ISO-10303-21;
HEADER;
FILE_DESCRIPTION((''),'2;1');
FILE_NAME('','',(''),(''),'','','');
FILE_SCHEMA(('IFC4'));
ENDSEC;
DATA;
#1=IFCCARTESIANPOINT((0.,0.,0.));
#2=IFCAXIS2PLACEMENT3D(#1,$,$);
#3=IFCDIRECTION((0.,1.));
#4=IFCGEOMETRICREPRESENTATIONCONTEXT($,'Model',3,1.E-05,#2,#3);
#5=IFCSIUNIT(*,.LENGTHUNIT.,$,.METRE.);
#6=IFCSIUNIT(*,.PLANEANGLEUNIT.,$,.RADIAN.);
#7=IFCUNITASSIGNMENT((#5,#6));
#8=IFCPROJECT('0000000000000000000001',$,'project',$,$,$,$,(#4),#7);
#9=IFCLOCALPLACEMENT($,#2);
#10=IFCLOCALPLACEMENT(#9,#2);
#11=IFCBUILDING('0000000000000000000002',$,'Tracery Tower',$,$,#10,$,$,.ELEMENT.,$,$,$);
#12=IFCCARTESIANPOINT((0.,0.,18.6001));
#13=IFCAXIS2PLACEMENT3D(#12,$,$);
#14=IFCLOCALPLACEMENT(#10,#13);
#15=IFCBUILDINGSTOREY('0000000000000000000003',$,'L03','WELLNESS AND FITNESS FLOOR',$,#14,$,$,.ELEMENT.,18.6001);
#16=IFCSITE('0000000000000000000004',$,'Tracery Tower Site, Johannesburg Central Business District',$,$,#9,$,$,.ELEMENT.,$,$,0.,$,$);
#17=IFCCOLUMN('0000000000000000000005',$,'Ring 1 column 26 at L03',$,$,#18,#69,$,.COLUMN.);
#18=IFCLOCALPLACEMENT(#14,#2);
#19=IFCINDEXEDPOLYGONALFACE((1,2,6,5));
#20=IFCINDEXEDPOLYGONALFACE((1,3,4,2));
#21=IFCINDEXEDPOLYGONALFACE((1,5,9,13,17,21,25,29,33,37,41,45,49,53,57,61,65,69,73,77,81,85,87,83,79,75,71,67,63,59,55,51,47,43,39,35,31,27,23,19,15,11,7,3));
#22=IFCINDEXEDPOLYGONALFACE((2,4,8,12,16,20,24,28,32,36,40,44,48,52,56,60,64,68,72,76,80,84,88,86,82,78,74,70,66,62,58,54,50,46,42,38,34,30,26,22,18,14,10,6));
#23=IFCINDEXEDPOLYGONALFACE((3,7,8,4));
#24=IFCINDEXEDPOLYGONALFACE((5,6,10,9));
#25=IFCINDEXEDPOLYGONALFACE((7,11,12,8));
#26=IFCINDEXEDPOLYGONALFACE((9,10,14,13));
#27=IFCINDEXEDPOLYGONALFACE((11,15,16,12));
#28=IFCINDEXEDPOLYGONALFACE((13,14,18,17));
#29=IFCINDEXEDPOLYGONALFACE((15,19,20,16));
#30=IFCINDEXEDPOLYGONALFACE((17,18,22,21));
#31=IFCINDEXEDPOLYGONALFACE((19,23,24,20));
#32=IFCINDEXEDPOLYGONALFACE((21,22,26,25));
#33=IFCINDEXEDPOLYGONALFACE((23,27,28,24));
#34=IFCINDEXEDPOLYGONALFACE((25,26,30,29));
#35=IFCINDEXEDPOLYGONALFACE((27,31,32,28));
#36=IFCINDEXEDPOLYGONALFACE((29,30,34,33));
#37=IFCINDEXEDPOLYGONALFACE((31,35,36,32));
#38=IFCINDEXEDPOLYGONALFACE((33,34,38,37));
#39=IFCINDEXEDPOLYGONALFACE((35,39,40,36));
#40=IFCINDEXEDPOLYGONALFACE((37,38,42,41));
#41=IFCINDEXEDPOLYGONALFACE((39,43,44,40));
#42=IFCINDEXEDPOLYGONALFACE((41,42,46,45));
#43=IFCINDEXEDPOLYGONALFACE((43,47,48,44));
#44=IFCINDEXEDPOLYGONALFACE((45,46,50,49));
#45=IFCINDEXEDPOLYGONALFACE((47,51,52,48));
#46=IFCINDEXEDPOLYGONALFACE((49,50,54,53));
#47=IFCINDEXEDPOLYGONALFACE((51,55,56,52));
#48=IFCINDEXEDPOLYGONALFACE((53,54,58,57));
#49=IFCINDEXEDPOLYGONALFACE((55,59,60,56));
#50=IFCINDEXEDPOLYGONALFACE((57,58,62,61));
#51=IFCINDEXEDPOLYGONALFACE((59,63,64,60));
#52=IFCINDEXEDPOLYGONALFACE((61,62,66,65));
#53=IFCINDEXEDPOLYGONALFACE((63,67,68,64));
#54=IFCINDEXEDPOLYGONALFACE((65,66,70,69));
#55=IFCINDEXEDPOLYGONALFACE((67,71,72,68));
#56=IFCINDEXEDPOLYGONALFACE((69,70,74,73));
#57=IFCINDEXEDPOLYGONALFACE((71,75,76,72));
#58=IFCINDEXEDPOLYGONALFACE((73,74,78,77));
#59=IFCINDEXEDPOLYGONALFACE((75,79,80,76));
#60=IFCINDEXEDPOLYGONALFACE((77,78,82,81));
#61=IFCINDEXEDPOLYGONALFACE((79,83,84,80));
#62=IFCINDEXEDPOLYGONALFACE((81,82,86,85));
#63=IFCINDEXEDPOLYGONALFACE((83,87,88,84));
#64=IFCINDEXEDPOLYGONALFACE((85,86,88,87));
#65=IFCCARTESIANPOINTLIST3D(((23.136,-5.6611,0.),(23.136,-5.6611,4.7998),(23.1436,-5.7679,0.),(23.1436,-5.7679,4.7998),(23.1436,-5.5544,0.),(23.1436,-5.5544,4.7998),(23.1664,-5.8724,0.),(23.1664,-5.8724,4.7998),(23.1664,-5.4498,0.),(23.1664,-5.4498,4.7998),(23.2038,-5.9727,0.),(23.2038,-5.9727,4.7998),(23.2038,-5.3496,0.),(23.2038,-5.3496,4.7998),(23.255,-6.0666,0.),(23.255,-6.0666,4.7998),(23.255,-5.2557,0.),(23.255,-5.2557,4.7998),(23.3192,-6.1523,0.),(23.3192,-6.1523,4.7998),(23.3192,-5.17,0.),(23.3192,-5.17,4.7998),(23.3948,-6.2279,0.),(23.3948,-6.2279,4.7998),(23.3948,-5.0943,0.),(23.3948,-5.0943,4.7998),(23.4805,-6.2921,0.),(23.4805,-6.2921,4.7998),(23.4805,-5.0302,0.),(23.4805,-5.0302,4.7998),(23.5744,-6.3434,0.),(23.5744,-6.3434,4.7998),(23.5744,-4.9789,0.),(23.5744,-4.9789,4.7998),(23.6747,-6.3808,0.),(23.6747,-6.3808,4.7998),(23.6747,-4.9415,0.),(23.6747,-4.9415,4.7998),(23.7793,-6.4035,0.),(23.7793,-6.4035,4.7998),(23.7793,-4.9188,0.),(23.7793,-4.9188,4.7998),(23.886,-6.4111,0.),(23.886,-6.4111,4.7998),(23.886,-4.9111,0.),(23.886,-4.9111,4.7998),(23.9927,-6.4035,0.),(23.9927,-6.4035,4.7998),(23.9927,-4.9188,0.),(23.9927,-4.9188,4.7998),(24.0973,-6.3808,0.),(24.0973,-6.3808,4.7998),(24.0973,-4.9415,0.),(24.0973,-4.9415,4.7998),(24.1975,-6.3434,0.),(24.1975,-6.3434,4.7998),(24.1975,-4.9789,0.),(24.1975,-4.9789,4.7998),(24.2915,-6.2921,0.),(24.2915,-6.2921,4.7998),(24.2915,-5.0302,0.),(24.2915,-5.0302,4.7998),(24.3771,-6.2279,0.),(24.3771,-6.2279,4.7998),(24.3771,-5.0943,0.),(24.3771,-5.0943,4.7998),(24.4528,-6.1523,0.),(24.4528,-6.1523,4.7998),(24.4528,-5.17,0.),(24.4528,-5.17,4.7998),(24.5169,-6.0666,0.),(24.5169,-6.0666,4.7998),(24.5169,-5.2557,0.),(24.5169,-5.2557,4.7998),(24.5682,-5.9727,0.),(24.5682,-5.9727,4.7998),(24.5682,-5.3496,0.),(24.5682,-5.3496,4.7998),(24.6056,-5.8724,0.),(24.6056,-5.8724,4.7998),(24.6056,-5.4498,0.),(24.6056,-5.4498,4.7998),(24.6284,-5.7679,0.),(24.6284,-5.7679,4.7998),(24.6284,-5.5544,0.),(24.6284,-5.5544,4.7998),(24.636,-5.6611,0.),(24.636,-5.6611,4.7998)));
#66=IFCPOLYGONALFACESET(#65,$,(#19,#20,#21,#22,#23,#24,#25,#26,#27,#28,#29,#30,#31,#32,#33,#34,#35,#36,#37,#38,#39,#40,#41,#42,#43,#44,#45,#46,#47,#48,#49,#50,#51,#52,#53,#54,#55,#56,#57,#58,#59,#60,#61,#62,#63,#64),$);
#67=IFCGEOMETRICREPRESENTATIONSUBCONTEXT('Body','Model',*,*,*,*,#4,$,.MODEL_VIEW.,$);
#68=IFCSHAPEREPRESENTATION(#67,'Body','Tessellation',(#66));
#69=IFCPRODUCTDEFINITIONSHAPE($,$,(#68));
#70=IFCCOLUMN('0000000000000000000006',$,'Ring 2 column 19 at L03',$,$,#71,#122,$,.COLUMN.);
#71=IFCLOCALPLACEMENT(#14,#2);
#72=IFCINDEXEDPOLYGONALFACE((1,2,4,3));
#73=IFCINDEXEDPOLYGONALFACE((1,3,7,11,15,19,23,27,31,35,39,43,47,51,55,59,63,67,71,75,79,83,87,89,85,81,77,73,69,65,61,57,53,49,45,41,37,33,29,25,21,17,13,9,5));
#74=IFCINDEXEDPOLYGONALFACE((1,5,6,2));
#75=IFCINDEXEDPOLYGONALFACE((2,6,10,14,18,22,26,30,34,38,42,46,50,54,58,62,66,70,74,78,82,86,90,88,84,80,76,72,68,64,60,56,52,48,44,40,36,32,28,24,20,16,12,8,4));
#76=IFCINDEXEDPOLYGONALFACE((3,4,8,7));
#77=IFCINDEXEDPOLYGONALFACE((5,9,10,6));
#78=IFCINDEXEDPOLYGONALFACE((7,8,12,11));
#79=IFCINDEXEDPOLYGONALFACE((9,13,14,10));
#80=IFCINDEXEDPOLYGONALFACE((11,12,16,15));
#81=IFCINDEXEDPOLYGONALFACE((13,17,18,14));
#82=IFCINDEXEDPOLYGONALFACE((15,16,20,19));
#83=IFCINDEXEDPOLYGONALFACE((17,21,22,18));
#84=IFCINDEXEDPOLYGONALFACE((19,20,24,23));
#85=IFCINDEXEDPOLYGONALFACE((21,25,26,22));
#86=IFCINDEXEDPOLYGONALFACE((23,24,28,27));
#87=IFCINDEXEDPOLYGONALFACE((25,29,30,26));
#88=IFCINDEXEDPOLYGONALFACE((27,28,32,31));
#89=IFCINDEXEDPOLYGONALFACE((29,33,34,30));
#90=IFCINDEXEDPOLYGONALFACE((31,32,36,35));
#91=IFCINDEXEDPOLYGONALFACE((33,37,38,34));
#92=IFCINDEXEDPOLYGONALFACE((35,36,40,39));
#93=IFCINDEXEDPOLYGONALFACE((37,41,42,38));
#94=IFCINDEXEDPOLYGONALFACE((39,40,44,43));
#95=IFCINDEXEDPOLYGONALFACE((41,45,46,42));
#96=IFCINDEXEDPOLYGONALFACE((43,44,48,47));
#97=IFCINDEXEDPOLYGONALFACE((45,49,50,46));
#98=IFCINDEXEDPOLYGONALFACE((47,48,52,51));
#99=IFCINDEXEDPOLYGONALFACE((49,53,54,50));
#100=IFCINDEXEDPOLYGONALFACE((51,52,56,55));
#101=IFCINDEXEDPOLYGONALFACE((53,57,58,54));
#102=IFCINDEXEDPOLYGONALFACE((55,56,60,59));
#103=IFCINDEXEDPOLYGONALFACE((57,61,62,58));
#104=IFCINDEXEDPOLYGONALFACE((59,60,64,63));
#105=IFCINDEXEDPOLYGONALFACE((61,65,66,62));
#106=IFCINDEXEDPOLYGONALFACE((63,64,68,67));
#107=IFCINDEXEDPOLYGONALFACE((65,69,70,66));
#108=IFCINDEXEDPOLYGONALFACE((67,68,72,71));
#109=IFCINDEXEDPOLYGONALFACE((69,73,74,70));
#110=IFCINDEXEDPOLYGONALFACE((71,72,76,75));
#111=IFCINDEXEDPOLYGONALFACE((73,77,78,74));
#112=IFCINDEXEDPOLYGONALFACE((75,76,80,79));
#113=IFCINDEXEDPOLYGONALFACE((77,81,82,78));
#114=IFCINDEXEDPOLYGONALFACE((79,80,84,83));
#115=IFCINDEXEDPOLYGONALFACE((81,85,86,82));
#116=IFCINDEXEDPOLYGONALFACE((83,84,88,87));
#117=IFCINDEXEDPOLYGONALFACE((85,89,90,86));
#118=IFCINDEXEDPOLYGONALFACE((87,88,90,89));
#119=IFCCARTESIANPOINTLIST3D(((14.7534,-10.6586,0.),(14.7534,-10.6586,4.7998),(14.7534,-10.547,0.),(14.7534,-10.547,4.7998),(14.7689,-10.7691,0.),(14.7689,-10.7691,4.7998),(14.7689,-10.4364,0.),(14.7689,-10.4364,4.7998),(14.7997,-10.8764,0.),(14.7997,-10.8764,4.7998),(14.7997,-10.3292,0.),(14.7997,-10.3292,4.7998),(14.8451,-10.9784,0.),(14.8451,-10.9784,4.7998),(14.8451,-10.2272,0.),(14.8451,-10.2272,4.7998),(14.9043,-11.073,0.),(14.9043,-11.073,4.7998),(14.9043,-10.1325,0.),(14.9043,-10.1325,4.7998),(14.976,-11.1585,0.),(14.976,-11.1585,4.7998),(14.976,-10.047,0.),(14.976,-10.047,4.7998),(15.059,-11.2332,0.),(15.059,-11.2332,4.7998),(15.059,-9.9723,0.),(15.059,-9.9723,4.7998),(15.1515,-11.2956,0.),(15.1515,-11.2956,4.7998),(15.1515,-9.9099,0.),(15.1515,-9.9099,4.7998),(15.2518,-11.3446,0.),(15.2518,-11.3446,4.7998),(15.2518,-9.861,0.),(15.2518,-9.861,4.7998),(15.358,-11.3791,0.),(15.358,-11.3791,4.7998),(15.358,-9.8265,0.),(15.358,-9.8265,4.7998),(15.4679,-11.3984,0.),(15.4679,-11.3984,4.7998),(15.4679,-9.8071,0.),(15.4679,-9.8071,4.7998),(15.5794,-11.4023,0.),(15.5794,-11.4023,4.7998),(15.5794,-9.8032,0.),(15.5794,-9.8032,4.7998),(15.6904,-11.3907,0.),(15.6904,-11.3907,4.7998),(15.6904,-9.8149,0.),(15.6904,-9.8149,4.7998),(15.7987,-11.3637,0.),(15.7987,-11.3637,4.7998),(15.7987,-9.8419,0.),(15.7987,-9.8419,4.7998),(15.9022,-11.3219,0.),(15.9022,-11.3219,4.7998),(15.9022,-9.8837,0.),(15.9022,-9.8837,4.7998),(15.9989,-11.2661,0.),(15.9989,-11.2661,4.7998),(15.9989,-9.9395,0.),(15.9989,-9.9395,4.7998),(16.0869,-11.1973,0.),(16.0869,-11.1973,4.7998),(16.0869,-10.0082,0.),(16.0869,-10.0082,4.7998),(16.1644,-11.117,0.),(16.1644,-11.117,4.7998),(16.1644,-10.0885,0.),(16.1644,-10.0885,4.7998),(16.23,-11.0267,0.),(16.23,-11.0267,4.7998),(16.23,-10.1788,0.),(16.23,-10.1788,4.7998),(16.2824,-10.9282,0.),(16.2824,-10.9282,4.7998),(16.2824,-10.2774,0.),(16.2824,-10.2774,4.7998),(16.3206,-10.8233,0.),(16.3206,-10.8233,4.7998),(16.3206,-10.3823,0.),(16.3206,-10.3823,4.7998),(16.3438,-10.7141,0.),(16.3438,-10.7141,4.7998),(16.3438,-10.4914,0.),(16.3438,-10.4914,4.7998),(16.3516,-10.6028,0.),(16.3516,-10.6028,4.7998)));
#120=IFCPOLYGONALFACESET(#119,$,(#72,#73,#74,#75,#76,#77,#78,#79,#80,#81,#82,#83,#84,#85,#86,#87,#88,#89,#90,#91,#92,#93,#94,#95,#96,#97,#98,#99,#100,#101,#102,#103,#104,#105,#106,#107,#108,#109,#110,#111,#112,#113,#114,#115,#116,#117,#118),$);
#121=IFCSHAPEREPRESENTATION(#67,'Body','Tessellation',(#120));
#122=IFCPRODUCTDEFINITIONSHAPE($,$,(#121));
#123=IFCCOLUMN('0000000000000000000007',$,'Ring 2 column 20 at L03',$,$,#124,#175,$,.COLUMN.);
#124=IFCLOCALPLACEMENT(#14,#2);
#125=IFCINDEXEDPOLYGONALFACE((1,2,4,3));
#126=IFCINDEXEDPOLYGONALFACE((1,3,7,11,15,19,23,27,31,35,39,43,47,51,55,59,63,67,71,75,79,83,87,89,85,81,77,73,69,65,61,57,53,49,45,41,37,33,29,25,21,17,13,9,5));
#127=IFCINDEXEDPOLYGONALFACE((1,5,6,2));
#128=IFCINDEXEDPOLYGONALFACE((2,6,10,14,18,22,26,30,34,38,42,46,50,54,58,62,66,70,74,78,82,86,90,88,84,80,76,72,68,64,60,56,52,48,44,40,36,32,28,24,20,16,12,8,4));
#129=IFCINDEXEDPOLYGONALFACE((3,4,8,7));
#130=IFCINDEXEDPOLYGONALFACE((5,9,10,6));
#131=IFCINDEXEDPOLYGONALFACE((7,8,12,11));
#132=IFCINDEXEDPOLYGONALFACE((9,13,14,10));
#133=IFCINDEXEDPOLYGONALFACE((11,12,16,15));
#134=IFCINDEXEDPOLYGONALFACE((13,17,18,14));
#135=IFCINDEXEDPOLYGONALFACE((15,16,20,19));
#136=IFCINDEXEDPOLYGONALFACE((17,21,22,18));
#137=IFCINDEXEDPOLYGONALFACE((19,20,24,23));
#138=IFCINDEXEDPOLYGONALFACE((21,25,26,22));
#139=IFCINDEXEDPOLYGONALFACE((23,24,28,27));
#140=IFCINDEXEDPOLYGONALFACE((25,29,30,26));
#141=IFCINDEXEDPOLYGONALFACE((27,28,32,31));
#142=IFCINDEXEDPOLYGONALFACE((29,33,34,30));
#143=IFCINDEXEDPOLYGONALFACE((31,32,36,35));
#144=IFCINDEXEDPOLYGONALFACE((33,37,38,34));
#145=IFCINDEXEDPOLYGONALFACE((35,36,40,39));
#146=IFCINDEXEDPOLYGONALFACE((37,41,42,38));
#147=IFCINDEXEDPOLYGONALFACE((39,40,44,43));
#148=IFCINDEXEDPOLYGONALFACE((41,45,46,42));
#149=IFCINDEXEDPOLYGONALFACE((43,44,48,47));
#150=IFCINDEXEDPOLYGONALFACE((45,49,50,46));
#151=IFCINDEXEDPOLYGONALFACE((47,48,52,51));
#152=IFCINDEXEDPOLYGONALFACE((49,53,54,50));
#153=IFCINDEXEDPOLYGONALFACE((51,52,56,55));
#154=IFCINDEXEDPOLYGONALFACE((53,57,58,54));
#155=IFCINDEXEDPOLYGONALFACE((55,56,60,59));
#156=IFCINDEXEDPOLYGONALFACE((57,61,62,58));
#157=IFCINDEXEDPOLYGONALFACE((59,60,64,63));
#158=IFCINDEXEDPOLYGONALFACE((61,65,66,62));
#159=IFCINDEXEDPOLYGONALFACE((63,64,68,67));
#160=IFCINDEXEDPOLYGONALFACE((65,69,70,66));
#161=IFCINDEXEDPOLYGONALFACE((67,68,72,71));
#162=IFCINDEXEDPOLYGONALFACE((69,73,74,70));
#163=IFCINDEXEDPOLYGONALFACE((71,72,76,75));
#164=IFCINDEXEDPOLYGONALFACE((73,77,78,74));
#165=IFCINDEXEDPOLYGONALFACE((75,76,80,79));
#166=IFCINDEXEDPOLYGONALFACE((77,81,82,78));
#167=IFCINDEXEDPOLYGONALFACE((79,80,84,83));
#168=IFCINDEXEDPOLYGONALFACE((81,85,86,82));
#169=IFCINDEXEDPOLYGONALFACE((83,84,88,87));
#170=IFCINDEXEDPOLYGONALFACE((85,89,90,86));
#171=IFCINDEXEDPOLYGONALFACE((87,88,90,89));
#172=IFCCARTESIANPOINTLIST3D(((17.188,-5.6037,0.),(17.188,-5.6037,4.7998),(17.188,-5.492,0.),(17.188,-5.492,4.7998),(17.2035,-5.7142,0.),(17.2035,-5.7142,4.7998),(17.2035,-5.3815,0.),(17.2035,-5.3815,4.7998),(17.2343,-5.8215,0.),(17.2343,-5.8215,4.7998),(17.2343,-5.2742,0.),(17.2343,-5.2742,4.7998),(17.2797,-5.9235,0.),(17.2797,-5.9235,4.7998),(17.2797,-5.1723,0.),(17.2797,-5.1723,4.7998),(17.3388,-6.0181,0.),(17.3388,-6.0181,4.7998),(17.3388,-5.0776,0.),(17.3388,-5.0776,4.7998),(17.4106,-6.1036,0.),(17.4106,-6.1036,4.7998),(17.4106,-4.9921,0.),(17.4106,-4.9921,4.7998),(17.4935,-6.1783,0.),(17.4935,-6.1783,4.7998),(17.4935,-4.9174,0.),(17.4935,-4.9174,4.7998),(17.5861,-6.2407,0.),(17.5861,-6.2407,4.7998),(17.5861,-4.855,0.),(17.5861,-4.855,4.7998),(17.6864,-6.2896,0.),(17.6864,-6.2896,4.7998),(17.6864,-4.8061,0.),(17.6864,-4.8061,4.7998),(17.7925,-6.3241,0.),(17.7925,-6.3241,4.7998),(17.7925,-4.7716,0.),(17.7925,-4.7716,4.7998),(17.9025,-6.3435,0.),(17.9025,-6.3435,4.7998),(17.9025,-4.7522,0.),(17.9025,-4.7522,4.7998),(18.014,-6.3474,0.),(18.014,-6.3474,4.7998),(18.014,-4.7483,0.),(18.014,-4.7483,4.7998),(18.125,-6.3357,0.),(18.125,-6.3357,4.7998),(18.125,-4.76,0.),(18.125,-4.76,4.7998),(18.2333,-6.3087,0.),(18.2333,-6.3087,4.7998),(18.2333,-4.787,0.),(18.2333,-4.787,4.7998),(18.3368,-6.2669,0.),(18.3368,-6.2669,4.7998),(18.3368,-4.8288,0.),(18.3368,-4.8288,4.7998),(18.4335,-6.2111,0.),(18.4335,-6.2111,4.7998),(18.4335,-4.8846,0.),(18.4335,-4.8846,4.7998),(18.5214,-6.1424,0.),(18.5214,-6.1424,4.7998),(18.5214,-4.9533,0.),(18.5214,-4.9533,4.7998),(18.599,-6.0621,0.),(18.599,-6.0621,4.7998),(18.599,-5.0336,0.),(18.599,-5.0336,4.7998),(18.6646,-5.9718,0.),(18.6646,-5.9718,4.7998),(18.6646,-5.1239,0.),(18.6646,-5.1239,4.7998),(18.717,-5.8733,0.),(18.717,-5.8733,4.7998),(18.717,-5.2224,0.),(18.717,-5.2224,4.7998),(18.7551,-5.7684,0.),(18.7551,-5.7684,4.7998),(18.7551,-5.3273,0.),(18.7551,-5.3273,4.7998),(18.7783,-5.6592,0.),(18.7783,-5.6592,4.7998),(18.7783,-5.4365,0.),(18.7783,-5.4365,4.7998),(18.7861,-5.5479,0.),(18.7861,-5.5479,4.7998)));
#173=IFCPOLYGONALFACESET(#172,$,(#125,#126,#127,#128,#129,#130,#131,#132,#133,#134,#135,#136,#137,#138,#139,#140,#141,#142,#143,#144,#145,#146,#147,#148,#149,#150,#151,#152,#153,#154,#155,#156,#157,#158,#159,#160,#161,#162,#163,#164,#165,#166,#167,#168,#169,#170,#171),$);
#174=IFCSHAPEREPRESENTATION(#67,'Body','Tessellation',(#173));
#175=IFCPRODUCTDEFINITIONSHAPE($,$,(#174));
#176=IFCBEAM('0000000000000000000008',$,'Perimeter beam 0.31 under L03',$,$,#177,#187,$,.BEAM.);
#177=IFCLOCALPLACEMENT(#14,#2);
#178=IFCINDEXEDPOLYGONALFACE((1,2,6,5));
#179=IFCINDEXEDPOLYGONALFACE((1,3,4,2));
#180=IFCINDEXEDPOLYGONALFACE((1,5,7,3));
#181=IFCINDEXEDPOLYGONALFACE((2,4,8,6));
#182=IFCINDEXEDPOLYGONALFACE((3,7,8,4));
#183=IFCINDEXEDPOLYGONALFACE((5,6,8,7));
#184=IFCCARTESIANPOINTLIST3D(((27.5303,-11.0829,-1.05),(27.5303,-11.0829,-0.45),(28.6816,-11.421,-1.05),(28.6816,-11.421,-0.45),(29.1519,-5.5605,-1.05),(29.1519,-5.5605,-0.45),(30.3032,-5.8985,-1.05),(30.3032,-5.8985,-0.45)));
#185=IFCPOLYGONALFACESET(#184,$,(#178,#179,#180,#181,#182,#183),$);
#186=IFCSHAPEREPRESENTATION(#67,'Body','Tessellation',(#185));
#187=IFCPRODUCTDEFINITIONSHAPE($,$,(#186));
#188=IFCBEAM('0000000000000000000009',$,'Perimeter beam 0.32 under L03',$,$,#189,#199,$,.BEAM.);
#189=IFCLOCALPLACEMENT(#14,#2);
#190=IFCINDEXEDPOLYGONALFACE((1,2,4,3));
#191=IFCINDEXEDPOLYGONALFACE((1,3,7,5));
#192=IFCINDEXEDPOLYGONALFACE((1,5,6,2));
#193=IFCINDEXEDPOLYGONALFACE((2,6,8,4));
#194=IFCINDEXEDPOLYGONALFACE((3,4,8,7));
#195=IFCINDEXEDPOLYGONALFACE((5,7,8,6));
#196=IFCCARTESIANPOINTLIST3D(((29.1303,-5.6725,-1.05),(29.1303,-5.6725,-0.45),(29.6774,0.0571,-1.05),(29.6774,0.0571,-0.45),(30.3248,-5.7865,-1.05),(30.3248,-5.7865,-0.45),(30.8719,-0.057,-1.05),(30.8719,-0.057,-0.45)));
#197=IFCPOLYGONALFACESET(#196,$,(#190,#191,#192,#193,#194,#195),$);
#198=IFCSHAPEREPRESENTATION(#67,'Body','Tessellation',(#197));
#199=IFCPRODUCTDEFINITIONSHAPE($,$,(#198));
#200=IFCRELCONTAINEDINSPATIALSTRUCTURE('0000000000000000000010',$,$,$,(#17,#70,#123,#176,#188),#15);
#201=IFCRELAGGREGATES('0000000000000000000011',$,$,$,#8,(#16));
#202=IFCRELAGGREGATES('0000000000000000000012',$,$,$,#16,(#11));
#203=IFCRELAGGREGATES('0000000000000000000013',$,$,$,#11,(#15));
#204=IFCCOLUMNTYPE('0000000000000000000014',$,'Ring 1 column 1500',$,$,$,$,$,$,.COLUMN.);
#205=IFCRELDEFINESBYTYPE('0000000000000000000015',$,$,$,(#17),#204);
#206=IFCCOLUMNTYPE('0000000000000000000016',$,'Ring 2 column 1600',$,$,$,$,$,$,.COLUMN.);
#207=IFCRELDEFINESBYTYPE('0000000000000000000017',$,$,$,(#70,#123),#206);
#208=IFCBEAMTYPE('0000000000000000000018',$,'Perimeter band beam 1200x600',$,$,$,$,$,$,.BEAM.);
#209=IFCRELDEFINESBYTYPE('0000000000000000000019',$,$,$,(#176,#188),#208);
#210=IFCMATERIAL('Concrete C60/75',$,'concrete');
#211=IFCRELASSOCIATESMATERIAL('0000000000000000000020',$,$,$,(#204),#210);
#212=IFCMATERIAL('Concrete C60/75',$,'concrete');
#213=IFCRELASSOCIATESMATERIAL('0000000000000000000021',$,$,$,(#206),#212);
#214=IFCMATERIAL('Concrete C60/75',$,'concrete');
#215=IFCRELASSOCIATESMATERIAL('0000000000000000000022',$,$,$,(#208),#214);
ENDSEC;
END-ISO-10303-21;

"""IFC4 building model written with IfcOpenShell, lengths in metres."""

from ifc_helpers import new_model, si_unit, direction, frame, origin, origin_2d, place, context, subcontext, project, spatial, rectangle, circle, extrude, material, material_profile, profile_set, type_object, element, save


model = new_model("IFC4")

# Units and contexts
model_context = context("Model", 3, precision=1e-05, world=origin(), true_north=direction((0.0, 1.0)))
body_context = subcontext(model_context, "Body", "Model", "MODEL_VIEW")
ifc_project = project(units=[si_unit("LENGTHUNIT", "METRE"), si_unit("PLANEANGLEUNIT", "RADIAN")], contexts=[model_context])

# Site, building, storey
site_placement = place(None, origin())
site = spatial("IfcSite", under=ifc_project, at=site_placement, Name="Tracery Tower Site, Johannesburg Central Business District", CompositionType="ELEMENT", RefElevation=0.0)
building_placement = place(site_placement, origin())
building = spatial("IfcBuilding", under=site, at=building_placement, Name="Tracery Tower", CompositionType="ELEMENT")
storey_placement = place(building_placement, frame((0.0, 0.0, 18.6001)))
storey = spatial("IfcBuildingStorey", under=building, at=storey_placement, Name="L03", Description="WELLNESS AND FITNESS FLOOR", CompositionType="ELEMENT", Elevation=18.6001)

# Columns
ifc_material_1 = material(Name="Concrete C60/75", Category="concrete")
ifc_material_profile_1 = material_profile(ifc_material_1, circle(Radius=0.75, at=origin_2d()), Name="RC D1500")
ifc_profile_set_1 = profile_set([ifc_material_profile_1], Name="Concrete C60/75")
column_type_1 = type_object("IfcColumnType", Name="Ring 1 column 1500", PredefinedType="COLUMN", material=ifc_profile_set_1)
for number, where, z_axis, x_axis, name in (
    (1, (23.886, -5.6611, 0.0), (0.0, 0.0, 1.0), (1.0, 0.0, 0.0), "Ring 1 column 26 at L03"),
):
    element("IfcColumn", number, at=place(storey_placement, frame(where, z_axis=z_axis, x_axis=x_axis)), inside=storey, type_object=column_type_1, Name=name, PredefinedType="COLUMN", context=body_context, shape_type="SweptSolid", body=[
        extrude(circle(Radius=0.75, at=origin_2d()), origin(), (0.0, 0.0, 1.0), 4.7998),
    ])
ifc_material_2 = material(Name="Concrete C60/75", Category="concrete")
ifc_material_profile_2 = material_profile(ifc_material_2, circle(Radius=0.8, at=origin_2d()), Name="RC D1600")
ifc_profile_set_2 = profile_set([ifc_material_profile_2], Name="Concrete C60/75")
column_type_2 = type_object("IfcColumnType", Name="Ring 2 column 1600", PredefinedType="COLUMN", material=ifc_profile_set_2)
for number, where, z_axis, x_axis, name in (
    (2, (15.5515, -10.6028, 0.0), (0.0, 0.0, 1.0), (1.0, 0.0, 0.0), "Ring 2 column 19 at L03"),
    (3, (17.9861, -5.5479, 0.0), (0.0, 0.0, 1.0), (1.0, 0.0, 0.0), "Ring 2 column 20 at L03"),
):
    element("IfcColumn", number, at=place(storey_placement, frame(where, z_axis=z_axis, x_axis=x_axis)), inside=storey, type_object=column_type_2, Name=name, PredefinedType="COLUMN", context=body_context, shape_type="SweptSolid", body=[
        extrude(circle(Radius=0.8, at=origin_2d()), origin(), (0.0, 0.0, 1.0), 4.7998),
    ])

# Beams
ifc_material_3 = material(Name="Concrete C60/75", Category="concrete")
ifc_material_profile_3 = material_profile(ifc_material_3, rectangle(XDim=1.2, YDim=0.6001, at=origin_2d()), Name="RC 1200x600")
ifc_profile_set_3 = profile_set([ifc_material_profile_3], Name="Concrete C60/75")
beam_type = type_object("IfcBeamType", Name="Perimeter band beam 1200x600", PredefinedType="BEAM", material=ifc_profile_set_3)
for number, where, z_axis, x_axis, name in (
    (4, (28.106, -11.252, -0.75), (0.281739, 0.959491, 0.0), (-0.959491, 0.281739, 0.0), "Perimeter beam 0.31 under L03"),
    (5, (29.7275, -5.7295, -0.75), (0.095059, 0.995472, 0.0), (-0.995472, 0.095059, 0.0), "Perimeter beam 0.32 under L03"),
):
    element("IfcBeam", number, at=place(storey_placement, frame(where, z_axis=z_axis, x_axis=x_axis)), inside=storey, type_object=beam_type, Name=name, PredefinedType="BEAM", context=body_context, shape_type="SweptSolid", body=[
        extrude(rectangle(XDim=1.2, YDim=0.6001, at=origin_2d()), origin(), (0.0, 0.0, 1.0), 5.7556),
    ])

save(model, "model.ifc")
